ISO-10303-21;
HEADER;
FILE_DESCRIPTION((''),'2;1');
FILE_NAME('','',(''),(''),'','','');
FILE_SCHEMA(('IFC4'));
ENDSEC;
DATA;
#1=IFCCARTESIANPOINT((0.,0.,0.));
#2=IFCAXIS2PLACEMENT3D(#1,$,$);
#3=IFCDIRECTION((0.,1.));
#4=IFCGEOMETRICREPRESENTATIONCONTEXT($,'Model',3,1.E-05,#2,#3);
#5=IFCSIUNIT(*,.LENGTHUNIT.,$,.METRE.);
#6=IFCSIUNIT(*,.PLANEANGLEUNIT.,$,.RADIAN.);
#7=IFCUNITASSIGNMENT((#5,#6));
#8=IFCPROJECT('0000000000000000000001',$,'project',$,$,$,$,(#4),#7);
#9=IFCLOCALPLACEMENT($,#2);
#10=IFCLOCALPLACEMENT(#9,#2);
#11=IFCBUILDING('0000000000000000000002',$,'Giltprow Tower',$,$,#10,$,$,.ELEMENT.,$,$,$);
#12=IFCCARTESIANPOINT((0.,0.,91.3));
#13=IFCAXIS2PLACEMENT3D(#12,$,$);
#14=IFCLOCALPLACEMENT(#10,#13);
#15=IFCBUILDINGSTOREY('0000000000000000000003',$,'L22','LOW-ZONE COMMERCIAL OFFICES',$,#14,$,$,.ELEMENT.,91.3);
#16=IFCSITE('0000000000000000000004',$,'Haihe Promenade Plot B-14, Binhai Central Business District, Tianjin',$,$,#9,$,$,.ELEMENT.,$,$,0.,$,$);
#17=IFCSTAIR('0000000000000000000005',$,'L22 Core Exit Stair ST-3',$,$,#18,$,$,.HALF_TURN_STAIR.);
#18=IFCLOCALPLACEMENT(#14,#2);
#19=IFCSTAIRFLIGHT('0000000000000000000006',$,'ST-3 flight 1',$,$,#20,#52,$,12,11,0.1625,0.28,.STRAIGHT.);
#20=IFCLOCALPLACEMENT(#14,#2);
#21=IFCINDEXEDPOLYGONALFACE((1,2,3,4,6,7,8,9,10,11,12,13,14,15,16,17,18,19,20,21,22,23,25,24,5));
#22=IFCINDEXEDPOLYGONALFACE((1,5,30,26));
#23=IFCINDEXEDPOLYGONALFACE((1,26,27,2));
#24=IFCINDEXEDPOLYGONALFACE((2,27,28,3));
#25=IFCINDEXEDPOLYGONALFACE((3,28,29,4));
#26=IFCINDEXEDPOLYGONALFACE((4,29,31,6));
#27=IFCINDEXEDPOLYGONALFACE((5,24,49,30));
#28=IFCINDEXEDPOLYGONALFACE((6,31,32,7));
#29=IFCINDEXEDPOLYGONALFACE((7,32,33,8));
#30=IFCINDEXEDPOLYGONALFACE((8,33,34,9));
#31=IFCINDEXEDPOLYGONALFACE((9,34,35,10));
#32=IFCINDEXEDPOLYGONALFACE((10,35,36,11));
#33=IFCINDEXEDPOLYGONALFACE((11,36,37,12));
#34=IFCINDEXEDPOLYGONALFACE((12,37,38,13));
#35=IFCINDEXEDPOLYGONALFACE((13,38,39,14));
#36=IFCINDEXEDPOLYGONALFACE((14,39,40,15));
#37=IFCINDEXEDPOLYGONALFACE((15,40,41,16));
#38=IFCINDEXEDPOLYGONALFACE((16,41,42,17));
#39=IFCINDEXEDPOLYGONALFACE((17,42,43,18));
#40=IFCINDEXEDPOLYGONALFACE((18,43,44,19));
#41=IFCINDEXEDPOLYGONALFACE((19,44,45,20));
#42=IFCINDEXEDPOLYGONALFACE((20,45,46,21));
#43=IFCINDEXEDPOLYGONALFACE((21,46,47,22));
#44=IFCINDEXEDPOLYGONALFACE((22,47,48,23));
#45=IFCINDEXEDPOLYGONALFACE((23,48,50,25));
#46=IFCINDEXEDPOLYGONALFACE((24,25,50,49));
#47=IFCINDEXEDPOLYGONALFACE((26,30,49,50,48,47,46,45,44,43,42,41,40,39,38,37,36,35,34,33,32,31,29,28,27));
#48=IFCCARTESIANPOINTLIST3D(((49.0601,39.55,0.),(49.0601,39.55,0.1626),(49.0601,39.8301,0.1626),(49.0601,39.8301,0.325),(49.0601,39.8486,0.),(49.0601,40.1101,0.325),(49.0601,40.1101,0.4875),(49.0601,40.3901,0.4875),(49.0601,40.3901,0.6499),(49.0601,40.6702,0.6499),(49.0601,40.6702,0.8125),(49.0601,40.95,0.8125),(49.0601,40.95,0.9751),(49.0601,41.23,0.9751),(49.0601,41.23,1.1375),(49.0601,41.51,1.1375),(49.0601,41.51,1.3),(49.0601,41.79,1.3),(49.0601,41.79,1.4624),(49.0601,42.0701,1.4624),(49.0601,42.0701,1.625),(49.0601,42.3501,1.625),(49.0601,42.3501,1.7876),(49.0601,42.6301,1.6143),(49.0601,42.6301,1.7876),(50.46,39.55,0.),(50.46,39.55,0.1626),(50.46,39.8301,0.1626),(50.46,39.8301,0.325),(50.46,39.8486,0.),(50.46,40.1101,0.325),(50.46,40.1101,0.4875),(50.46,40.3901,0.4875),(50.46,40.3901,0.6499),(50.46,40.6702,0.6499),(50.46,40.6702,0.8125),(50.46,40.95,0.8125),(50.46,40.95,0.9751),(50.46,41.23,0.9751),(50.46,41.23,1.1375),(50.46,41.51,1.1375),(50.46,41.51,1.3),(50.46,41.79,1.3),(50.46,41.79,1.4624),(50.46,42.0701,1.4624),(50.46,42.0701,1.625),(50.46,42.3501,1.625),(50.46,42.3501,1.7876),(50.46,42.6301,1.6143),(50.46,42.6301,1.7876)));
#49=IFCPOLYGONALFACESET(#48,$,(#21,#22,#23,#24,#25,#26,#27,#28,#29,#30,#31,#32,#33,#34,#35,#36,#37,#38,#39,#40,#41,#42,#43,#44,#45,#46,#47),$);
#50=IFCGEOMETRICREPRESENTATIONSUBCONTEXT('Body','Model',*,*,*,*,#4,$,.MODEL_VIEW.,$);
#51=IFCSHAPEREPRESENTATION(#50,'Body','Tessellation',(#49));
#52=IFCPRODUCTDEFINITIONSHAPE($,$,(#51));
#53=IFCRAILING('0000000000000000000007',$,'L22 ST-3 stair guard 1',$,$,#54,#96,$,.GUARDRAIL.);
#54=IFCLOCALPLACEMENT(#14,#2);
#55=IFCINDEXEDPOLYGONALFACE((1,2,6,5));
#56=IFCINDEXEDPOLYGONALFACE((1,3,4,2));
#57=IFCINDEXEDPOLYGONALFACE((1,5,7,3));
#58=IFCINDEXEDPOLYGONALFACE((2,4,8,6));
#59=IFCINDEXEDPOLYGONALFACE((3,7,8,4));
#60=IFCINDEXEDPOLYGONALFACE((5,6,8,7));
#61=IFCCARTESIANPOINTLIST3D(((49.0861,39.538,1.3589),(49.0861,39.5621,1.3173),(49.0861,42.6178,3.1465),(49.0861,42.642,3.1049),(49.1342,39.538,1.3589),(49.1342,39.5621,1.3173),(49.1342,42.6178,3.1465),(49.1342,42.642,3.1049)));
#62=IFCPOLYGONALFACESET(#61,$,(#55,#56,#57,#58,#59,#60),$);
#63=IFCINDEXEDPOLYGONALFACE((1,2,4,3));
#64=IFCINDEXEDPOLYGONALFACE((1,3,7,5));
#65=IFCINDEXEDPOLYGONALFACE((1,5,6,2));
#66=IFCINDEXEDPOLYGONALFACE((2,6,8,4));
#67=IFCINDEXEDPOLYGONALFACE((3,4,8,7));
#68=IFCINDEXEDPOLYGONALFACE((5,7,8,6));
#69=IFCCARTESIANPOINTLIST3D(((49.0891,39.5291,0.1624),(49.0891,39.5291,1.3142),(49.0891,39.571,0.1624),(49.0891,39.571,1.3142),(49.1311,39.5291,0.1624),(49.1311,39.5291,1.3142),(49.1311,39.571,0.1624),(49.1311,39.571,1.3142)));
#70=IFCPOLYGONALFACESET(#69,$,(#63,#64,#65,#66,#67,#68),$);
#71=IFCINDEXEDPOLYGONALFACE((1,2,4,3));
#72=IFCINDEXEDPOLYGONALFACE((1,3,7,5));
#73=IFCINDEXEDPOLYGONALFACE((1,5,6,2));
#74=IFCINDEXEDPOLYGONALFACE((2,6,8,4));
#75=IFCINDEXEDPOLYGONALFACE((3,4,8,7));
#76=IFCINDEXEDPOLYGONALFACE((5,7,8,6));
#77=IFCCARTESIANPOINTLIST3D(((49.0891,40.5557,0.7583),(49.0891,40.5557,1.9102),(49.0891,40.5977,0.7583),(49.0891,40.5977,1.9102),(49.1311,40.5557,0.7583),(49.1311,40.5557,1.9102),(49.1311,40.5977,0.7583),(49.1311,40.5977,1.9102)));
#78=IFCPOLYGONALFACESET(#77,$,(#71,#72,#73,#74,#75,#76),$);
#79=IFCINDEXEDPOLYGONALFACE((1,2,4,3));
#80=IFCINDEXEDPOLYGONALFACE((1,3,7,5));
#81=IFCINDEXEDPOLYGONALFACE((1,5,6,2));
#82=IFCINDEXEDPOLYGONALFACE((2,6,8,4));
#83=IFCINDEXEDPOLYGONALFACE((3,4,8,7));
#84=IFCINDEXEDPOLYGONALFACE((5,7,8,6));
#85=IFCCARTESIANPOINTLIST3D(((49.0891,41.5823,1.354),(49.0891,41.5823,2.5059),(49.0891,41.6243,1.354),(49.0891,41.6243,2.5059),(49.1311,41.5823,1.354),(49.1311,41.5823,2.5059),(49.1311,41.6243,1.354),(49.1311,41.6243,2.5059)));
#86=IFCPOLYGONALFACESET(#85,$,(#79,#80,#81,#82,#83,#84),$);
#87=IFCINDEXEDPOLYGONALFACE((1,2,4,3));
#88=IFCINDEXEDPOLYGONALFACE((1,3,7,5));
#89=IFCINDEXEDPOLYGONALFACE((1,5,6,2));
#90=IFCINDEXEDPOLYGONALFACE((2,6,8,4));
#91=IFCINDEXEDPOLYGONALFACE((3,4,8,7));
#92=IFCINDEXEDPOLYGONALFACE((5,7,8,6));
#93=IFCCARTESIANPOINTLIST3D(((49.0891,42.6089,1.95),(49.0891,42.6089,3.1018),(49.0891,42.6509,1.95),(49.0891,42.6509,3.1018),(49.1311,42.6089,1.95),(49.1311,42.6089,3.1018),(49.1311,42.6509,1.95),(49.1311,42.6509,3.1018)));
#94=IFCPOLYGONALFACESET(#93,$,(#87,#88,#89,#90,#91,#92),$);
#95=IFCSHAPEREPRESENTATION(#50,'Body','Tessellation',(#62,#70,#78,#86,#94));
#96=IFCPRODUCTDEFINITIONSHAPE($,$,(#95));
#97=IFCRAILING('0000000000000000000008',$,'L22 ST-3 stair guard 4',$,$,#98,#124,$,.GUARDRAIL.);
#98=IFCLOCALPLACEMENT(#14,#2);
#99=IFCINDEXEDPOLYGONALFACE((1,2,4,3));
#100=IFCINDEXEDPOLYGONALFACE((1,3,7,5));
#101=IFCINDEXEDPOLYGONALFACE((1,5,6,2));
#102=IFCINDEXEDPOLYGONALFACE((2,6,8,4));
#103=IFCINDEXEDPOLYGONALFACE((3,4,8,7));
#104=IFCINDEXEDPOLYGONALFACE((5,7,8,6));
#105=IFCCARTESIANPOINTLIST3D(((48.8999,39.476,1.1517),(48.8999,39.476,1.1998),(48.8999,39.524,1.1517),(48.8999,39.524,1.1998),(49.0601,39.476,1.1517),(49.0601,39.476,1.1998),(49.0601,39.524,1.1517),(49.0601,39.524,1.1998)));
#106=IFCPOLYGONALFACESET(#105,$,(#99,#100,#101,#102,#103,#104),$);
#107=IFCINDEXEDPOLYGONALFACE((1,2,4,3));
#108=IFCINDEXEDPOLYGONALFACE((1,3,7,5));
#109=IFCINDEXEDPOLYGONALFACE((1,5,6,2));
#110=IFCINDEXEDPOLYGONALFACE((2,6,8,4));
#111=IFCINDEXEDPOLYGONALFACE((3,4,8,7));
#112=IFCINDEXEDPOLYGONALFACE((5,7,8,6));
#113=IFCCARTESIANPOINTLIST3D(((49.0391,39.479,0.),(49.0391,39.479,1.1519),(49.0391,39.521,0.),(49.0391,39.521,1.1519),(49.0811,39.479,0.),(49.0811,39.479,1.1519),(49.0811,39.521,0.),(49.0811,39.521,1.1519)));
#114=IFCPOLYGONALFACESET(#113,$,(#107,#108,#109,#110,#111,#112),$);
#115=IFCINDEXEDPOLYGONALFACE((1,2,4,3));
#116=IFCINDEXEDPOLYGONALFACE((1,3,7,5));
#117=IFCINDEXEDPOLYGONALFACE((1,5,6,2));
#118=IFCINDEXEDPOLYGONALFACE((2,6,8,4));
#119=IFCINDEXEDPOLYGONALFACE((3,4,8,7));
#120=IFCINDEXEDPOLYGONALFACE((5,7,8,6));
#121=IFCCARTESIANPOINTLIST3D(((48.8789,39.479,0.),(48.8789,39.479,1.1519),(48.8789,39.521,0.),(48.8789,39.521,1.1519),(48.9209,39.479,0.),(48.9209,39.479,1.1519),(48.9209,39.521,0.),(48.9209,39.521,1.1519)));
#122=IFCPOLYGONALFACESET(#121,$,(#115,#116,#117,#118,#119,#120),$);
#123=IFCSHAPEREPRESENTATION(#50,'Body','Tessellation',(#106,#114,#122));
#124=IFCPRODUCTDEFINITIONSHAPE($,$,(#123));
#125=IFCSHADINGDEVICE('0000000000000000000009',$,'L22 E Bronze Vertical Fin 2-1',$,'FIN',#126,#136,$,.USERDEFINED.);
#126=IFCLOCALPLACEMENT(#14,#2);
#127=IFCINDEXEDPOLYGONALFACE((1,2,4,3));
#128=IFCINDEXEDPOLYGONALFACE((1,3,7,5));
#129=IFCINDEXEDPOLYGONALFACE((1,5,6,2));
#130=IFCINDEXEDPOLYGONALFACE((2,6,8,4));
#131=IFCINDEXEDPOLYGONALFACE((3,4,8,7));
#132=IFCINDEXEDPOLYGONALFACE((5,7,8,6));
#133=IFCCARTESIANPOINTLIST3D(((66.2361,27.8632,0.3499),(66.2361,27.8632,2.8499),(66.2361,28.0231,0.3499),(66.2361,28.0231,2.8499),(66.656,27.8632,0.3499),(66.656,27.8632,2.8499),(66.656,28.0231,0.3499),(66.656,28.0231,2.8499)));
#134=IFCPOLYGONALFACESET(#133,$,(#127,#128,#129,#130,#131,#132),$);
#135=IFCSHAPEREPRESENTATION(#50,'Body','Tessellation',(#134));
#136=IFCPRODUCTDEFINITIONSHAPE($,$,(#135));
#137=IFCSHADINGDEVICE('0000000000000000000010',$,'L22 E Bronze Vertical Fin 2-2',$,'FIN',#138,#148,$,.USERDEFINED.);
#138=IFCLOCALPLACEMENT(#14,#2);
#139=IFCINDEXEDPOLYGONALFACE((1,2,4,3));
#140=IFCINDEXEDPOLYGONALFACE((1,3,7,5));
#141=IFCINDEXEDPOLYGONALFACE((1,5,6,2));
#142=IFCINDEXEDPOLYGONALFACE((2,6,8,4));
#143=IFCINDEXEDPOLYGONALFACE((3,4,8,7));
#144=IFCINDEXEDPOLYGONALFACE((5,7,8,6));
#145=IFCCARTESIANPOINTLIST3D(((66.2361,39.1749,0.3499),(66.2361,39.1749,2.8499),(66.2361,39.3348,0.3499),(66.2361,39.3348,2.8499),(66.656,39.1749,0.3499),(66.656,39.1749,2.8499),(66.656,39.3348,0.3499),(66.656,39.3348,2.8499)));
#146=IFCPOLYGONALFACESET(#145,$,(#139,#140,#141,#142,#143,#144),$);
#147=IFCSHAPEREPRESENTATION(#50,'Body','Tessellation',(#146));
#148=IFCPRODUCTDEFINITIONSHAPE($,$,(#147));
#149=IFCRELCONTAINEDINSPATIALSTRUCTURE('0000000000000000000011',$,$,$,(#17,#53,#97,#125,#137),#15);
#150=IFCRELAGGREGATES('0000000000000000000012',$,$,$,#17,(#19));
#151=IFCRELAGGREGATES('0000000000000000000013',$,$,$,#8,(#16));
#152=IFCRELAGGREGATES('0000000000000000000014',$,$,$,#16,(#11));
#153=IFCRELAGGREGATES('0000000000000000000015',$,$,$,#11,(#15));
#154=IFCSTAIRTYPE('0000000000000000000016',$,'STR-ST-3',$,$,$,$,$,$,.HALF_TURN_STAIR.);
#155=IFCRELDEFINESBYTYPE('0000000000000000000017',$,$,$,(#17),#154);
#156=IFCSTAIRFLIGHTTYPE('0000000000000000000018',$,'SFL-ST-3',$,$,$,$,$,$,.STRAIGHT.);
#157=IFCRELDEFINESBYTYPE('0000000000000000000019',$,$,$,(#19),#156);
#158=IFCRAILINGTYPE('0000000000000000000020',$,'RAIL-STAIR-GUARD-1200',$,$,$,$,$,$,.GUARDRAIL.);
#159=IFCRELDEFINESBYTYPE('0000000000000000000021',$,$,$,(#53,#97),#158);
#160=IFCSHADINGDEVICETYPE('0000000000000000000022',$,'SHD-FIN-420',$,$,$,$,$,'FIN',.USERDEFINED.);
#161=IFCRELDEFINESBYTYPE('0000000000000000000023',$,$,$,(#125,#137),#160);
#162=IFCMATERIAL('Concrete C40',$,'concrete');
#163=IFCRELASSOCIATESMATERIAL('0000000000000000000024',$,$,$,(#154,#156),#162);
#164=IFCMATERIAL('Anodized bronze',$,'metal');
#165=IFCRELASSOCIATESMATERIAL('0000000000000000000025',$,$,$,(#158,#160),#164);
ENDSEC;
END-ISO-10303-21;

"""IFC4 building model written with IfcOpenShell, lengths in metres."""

from ifc_helpers import new_model, si_unit, direction, frame, origin, origin_2d, place, context, subcontext, project, spatial, polyline, rectangle, outline, extrude, source, transform, mapped, material, type_object, element, aggregate, save


model = new_model("IFC4")

# Units and contexts
model_context = context("Model", 3, precision=1e-05, world=origin(), true_north=direction((0.0, 1.0)))
body_context = subcontext(model_context, "Body", "Model", "MODEL_VIEW")
ifc_project = project(units=[si_unit("LENGTHUNIT", "METRE"), si_unit("PLANEANGLEUNIT", "RADIAN")], contexts=[model_context])

# Site, building, storey
site_placement = place(None, origin())
site = spatial("IfcSite", under=ifc_project, at=site_placement, Name="Haihe Promenade Plot B-14, Binhai Central Business District, Tianjin", CompositionType="ELEMENT", RefElevation=0.0)
building_placement = place(site_placement, origin())
building = spatial("IfcBuilding", under=site, at=building_placement, Name="Giltprow Tower", CompositionType="ELEMENT")
storey_placement = place(building_placement, frame((0.0, 0.0, 91.3)))
storey = spatial("IfcBuildingStorey", under=building, at=storey_placement, Name="L22", Description="LOW-ZONE COMMERCIAL OFFICES", CompositionType="ELEMENT", Elevation=91.3)

# Shared definitions
ifc_material_1 = material(Name="Concrete C40", Category="concrete")

# Stair, stair flight
stair_type = type_object("IfcStairType", Name="STR-ST-3", PredefinedType="HALF_TURN_STAIR", material=ifc_material_1)
stair_placement = place(storey_placement, origin())
stair = element("IfcStair", 1, at=stair_placement, inside=storey, type_object=stair_type, Name="L22 Core Exit Stair ST-3", PredefinedType="HALF_TURN_STAIR")
stair_flight_type = type_object("IfcStairFlightType", Name="SFL-ST-3", PredefinedType="STRAIGHT", material=ifc_material_1)
stair_flight_placement = place(storey_placement, frame((49.76, 39.55, 0.0), z_axis=(0.0, 0.0, 1.0), x_axis=(0.0, 1.0, 0.0)))
stair_flight = element("IfcStairFlight", 2, at=stair_flight_placement, type_object=stair_flight_type, Name="ST-3 flight 1", NumberOfRisers=12, NumberOfTreads=11, PredefinedType="STRAIGHT", RiserHeight=0.1625, TreadLength=0.28, context=body_context, shape_type="SweptSolid", body=[
    extrude(outline(polyline([(0.0, 0.0), (0.0, 0.1626), (0.28, 0.1626), (0.28, 0.325), (0.5601, 0.325), (0.5601, 0.4875), (0.8401, 0.4875), (0.8401, 0.6499), (1.1201, 0.6499), (1.1201, 0.8125), (1.3999, 0.8125), (1.3999, 0.9751), (1.6799, 0.9751), (1.6799, 1.1375), (1.96, 1.1375), (1.96, 1.3), (2.24, 1.3), (2.24, 1.4624), (2.52, 1.4624), (2.52, 1.625), (2.8, 1.625), (2.8, 1.7876), (3.0801, 1.7876), (3.0801, 1.95), (3.0801, 1.6143), (0.2986, 0.0), (0.0, 0.0)])), frame((0.0, 0.7, 0.0), z_axis=(0.0, -1.0, 0.0), x_axis=(1.0, 0.0, 0.0)), (0.0, 0.0, 1.0), 1.3999),
])
aggregate(stair, [stair_flight])

# Railings
ifc_material_2 = material(Name="Anodized bronze", Category="metal")
railing_type = type_object("IfcRailingType", Name="RAIL-STAIR-GUARD-1200", PredefinedType="GUARDRAIL", material=ifc_material_2)
railing_1_placement = place(storey_placement, frame((49.1101, 39.55, 0.1624)))
element("IfcRailing", 3, at=railing_1_placement, inside=storey, type_object=railing_type, Name="L22 ST-3 stair guard 1", PredefinedType="GUARDRAIL", context=body_context, shape_type="SweptSolid", body=[
    extrude(rectangle(XDim=0.0481, YDim=0.0481, at=origin_2d()), frame((0.0, 0.0, 1.1758), z_axis=(0.0, 0.864873, 0.50199), x_axis=(-1.0, 0.0, 0.0)), (0.0, 0.0, 1.0), 3.561),
    extrude(rectangle(XDim=0.042, YDim=0.042, at=origin_2d()), origin(), (0.0, 0.0, 1.0), 1.1519),
    extrude(rectangle(XDim=0.042, YDim=0.042, at=origin_2d()), frame((0.0, 1.0266, 0.5959)), (0.0, 0.0, 1.0), 1.1519),
    extrude(rectangle(XDim=0.042, YDim=0.042, at=origin_2d()), frame((0.0, 2.0532, 1.1917)), (0.0, 0.0, 1.0), 1.1519),
    extrude(rectangle(XDim=0.042, YDim=0.042, at=origin_2d()), frame((0.0, 3.0798, 1.7876)), (0.0, 0.0, 1.0), 1.1519),
])
railing_2_placement = place(storey_placement, frame((49.0601, 39.5, 0.0)))
element("IfcRailing", 4, at=railing_2_placement, inside=storey, type_object=railing_type, Name="L22 ST-3 stair guard 4", PredefinedType="GUARDRAIL", context=body_context, shape_type="SweptSolid", body=[
    extrude(rectangle(XDim=0.0481, YDim=0.0481, at=origin_2d()), frame((0.0, 0.0, 1.1758), z_axis=(-1.0, 0.0, 0.0), x_axis=(0.0, -1.0, 0.0)), (0.0, 0.0, 1.0), 0.1602),
    extrude(rectangle(XDim=0.042, YDim=0.042, at=origin_2d()), origin(), (0.0, 0.0, 1.0), 1.1519),
    extrude(rectangle(XDim=0.042, YDim=0.042, at=origin_2d()), frame((-0.1602, 0.0, 0.0)), (0.0, 0.0, 1.0), 1.1519),
])

# Shading devices
shading_device_type = type_object("IfcShadingDeviceType", Name="SHD-FIN-420", ElementType="FIN", PredefinedType="USERDEFINED", material=ifc_material_2)
shared_shape_1 = source(origin(), body_context, "Body", "SweptSolid", [
    extrude(rectangle(XDim=0.4199, YDim=0.1599, at=origin_2d()), origin(), (0.0, 0.0, 1.0), 2.5),
])
for number, where, z_axis, x_axis, name in (
    (5, (66.446, 27.9431, 0.3499), (0.0, 0.0, 1.0), (1.0, 0.0, 0.0), "L22 E Bronze Vertical Fin 2-1"),
    (6, (66.446, 39.2549, 0.3499), (0.0, 0.0, 1.0), (1.0, 0.0, 0.0), "L22 E Bronze Vertical Fin 2-2"),
):
    element("IfcShadingDevice", number, at=place(storey_placement, frame(where, z_axis=z_axis, x_axis=x_axis)), inside=storey, type_object=shading_device_type, Name=name, ObjectType="FIN", PredefinedType="USERDEFINED", context=body_context, shape_type="MappedRepresentation", body=[
        mapped(shared_shape_1, transform((0.0, 0.0, 0.0), x_axis=(1.0, 0.0, 0.0), y_axis=(0.0, 1.0, 0.0), z_axis=(0.0, 0.0, 1.0), scale=1.0)),
    ])

save(model, "model.ifc")
